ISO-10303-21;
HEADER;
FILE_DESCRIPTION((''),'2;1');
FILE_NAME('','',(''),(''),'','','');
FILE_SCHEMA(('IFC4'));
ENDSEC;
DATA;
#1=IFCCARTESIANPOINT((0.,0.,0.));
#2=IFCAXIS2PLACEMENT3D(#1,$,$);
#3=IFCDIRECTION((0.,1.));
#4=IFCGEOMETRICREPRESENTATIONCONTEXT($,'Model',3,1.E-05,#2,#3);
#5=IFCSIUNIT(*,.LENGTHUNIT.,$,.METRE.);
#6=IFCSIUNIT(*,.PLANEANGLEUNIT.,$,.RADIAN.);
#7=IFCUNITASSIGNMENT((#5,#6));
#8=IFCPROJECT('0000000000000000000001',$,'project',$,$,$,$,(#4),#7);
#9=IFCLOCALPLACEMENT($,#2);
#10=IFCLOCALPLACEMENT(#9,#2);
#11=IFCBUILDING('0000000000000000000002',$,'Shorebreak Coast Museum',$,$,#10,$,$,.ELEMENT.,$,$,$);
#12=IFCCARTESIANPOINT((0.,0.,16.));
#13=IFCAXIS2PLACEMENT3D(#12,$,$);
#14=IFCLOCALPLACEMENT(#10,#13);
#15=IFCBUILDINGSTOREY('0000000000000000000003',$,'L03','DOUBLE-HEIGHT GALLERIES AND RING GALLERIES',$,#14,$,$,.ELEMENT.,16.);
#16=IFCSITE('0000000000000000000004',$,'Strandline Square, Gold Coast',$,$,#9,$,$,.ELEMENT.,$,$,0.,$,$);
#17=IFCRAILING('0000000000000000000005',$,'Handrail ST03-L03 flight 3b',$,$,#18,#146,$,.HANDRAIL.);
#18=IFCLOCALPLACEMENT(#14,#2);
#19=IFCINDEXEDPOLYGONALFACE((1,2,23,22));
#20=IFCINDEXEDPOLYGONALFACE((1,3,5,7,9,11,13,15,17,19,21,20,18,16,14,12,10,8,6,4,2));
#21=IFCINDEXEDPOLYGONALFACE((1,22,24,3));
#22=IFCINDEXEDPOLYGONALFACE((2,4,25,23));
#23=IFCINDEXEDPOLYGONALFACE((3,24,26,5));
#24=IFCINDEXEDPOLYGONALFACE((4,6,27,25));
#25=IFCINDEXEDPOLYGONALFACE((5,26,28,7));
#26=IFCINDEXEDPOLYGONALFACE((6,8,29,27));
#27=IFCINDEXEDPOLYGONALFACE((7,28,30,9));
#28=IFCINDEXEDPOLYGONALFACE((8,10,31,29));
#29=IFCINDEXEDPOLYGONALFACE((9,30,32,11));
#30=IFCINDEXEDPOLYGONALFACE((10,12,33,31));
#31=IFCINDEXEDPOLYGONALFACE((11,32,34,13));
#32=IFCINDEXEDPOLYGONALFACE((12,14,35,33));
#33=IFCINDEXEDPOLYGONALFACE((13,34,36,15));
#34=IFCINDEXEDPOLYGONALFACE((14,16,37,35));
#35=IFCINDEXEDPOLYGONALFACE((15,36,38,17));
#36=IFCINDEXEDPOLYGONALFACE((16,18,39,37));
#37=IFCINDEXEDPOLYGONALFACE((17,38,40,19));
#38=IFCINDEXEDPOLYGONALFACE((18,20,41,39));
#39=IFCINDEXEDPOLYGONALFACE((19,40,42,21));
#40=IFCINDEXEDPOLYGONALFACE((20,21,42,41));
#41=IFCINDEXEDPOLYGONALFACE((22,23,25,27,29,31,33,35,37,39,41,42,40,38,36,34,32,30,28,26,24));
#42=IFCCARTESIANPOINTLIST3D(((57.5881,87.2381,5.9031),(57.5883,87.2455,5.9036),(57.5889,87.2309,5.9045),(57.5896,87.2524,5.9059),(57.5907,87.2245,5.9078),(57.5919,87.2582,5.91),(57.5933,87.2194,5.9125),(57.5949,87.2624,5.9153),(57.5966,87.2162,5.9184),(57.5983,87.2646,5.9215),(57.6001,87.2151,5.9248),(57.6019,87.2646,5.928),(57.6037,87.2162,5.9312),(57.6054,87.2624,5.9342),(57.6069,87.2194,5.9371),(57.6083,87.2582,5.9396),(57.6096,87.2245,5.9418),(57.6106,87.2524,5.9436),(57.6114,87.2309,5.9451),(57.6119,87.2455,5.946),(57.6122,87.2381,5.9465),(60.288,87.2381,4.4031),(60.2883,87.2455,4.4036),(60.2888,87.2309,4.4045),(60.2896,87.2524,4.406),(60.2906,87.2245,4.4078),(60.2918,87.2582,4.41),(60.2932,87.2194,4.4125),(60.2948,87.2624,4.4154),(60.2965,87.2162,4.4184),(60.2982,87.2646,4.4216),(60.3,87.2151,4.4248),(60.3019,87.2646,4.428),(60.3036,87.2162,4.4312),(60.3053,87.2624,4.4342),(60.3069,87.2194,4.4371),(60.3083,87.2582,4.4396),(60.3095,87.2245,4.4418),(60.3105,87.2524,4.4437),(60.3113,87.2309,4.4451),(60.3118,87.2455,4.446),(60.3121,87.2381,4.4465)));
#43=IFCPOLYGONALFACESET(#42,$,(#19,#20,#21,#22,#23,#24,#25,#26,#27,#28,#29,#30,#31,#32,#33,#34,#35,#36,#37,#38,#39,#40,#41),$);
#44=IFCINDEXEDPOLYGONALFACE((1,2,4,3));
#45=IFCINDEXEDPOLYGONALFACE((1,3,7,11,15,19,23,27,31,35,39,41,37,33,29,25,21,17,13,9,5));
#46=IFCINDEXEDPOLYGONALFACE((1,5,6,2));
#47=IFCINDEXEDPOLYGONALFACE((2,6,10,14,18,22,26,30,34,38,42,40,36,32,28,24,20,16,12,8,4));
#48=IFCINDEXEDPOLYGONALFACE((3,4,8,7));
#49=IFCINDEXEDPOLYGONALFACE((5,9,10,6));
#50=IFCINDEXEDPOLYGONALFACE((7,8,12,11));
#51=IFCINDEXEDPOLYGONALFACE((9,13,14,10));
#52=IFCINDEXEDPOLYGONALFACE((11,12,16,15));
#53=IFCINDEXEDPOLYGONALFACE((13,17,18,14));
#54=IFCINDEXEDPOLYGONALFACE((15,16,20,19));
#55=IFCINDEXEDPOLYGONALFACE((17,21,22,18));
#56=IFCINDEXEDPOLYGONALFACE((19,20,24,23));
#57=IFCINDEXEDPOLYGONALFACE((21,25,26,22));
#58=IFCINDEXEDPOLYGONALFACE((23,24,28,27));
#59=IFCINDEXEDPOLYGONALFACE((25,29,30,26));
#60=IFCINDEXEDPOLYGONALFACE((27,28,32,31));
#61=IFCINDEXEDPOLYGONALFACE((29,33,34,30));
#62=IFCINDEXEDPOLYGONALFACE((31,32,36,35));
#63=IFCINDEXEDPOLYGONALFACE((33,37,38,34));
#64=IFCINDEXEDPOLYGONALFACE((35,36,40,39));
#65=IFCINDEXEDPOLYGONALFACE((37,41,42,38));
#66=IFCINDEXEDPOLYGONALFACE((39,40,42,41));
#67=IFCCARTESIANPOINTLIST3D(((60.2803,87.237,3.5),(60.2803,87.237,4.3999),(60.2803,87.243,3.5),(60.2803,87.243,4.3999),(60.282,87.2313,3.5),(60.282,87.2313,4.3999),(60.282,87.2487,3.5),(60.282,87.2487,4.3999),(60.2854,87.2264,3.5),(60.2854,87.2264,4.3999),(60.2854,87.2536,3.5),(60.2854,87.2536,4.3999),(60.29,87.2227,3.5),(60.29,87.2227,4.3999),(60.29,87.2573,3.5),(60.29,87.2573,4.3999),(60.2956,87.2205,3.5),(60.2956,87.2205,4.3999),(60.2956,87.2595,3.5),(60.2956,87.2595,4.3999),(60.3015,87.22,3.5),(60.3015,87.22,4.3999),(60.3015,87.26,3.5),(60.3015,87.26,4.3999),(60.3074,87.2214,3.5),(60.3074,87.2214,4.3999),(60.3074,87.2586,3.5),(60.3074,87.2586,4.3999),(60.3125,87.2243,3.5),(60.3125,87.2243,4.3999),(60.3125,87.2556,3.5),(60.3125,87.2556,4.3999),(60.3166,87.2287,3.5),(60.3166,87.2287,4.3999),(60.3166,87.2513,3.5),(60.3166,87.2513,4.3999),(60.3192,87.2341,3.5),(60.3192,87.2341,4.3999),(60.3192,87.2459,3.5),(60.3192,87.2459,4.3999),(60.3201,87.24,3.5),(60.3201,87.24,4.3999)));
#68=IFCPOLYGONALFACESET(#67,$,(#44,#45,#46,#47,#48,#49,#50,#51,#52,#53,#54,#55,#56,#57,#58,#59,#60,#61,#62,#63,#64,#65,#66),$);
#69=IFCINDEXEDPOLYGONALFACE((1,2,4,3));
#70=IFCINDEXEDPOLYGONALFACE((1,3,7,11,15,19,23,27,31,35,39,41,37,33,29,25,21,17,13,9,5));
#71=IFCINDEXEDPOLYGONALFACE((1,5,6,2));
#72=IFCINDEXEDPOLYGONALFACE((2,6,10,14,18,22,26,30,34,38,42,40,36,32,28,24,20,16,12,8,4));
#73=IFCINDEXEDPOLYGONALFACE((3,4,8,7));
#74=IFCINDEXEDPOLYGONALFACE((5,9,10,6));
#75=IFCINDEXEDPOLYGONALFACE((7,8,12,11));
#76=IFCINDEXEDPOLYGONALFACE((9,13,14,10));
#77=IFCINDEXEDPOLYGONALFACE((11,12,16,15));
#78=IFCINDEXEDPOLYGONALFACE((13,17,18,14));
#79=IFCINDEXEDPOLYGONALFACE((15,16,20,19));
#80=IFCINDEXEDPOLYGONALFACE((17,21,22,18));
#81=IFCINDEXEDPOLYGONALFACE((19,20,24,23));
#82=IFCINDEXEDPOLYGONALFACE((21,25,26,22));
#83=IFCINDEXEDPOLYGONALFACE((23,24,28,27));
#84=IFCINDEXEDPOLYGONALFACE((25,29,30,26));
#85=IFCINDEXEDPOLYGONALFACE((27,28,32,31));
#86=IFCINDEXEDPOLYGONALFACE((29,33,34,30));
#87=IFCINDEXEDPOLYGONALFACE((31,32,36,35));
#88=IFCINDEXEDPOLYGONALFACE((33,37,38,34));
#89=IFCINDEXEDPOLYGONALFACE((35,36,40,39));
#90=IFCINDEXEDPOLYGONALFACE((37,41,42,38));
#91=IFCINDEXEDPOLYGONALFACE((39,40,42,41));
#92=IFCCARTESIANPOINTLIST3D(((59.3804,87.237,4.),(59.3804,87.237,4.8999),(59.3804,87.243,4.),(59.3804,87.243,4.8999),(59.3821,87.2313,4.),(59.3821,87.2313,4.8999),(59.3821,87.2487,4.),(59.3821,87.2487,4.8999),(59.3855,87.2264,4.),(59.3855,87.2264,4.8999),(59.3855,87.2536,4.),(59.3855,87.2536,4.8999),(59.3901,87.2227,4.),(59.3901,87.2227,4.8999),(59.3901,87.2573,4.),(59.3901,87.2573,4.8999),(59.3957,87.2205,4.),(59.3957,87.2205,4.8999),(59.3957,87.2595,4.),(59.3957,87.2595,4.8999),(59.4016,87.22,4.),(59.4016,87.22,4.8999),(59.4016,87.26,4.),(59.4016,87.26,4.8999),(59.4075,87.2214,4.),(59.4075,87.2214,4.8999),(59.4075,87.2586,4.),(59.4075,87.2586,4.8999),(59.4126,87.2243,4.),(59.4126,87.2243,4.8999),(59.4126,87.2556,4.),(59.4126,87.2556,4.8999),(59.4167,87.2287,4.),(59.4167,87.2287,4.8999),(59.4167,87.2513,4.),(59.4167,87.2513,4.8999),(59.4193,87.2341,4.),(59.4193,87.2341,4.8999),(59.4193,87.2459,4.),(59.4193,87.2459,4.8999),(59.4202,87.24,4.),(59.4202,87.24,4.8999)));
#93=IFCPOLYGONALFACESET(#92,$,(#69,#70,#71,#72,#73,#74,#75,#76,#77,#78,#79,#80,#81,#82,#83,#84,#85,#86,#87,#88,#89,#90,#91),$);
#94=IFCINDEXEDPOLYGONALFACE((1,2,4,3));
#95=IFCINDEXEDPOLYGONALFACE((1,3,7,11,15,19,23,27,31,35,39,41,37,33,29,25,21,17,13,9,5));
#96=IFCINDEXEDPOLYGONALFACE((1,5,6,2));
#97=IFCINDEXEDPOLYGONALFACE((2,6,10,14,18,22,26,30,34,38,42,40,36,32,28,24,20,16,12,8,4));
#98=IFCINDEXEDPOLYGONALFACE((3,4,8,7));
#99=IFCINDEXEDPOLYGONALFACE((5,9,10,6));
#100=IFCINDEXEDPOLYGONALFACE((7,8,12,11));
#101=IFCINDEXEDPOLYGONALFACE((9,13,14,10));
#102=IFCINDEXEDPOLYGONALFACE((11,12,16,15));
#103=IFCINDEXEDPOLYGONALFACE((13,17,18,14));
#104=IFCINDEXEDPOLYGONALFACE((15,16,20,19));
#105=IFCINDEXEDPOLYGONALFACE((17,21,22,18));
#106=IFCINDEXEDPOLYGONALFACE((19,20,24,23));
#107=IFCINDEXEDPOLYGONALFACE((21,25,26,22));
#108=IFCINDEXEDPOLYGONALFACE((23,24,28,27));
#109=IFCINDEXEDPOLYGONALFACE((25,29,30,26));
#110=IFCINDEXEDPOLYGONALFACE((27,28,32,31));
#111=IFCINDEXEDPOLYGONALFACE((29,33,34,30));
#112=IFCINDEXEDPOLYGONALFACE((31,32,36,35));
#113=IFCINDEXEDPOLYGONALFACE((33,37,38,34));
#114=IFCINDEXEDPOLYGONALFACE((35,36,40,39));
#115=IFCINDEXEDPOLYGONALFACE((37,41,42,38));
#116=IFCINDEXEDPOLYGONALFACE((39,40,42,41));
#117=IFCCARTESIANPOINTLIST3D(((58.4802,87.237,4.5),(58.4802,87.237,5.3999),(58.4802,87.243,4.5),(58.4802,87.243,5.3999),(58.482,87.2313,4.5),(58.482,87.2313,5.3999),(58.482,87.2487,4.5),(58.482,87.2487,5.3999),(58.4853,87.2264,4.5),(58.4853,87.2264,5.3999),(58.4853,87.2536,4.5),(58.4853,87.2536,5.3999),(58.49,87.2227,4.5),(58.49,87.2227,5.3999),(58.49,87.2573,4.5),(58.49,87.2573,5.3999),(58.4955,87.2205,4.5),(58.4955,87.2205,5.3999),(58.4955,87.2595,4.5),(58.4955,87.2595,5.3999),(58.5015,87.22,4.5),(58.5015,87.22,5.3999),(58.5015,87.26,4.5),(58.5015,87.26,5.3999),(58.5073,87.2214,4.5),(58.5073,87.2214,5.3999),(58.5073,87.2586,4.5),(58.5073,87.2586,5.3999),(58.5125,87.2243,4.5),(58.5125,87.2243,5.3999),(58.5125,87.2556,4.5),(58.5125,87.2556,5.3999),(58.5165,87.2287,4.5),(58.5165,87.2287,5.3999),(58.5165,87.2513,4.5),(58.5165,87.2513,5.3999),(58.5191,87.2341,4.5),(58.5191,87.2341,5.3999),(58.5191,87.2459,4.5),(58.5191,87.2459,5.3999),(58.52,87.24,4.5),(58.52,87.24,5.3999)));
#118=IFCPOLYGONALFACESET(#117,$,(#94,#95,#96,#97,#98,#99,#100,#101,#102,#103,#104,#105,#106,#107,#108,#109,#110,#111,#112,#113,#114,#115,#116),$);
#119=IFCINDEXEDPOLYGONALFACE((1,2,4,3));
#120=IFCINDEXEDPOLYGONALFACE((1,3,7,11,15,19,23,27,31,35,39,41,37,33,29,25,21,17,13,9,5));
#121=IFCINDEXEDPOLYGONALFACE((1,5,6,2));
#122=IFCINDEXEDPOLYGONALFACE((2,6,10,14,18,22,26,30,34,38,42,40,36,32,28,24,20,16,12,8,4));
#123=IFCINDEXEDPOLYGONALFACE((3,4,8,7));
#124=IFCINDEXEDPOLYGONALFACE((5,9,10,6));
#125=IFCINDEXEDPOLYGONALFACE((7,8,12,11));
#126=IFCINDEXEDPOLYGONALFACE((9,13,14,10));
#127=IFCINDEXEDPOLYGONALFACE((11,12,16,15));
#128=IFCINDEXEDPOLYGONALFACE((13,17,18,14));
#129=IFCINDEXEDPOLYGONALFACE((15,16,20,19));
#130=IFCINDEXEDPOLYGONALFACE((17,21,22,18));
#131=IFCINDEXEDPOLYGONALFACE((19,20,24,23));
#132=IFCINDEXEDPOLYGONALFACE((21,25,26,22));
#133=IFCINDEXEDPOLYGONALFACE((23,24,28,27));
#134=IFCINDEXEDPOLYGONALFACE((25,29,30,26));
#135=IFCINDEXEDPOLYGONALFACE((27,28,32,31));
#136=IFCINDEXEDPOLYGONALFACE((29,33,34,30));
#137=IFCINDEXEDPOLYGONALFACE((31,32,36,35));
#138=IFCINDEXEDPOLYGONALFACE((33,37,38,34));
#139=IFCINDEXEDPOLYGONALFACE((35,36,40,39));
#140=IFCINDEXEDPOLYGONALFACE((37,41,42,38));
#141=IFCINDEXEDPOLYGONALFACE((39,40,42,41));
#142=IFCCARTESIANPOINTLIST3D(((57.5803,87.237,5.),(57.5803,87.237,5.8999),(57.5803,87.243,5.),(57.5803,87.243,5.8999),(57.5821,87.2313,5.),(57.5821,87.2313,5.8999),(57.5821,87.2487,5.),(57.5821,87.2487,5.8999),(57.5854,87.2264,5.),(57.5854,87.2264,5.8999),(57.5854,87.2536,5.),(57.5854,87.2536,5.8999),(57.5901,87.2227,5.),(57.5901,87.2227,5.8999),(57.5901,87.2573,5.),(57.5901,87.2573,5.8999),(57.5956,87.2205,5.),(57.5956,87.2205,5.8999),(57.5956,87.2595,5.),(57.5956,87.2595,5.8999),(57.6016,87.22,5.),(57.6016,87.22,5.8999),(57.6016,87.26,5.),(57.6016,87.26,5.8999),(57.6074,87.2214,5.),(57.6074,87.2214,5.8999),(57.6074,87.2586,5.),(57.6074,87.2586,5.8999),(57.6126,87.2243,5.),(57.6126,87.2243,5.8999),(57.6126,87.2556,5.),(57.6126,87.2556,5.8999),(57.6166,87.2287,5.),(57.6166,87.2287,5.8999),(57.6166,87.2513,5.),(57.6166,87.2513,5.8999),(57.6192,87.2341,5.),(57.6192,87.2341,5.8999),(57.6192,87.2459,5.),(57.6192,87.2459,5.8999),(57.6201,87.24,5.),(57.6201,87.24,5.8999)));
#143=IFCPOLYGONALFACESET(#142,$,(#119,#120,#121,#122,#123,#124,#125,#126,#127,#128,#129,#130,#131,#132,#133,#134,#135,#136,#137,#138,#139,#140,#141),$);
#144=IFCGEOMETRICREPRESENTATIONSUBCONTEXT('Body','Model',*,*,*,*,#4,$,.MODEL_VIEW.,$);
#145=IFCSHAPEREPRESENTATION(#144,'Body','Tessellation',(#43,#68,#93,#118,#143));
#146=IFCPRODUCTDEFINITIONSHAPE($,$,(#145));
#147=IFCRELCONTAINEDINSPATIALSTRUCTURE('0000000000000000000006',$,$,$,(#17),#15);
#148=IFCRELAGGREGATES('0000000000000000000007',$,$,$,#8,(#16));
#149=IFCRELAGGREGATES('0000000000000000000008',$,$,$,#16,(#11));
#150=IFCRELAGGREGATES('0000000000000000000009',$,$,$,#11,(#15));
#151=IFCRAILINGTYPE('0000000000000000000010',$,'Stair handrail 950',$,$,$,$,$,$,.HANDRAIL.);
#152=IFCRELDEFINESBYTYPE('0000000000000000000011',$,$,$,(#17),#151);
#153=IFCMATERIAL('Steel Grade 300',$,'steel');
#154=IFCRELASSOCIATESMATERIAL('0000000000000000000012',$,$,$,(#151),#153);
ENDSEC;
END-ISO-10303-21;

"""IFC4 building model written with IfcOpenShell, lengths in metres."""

from ifc_helpers import new_model, si_unit, direction, frame, origin, origin_2d, place, context, subcontext, project, spatial, circle, extrude, material, type_object, element, save


model = new_model("IFC4")

# Units and contexts
model_context = context("Model", 3, precision=1e-05, world=origin(), true_north=direction((0.0, 1.0)))
body_context = subcontext(model_context, "Body", "Model", "MODEL_VIEW")
ifc_project = project(units=[si_unit("LENGTHUNIT", "METRE"), si_unit("PLANEANGLEUNIT", "RADIAN")], contexts=[model_context])

# Site, building, storey
site_placement = place(None, origin())
site = spatial("IfcSite", under=ifc_project, at=site_placement, Name="Strandline Square, Gold Coast", CompositionType="ELEMENT", RefElevation=0.0)
building_placement = place(site_placement, origin())
building = spatial("IfcBuilding", under=site, at=building_placement, Name="Shorebreak Coast Museum", CompositionType="ELEMENT")
storey_placement = place(building_placement, frame((0.0, 0.0, 16.0)))
storey = spatial("IfcBuildingStorey", under=building, at=storey_placement, Name="L03", Description="DOUBLE-HEIGHT GALLERIES AND RING GALLERIES", CompositionType="ELEMENT", Elevation=16.0)

# Railing
ifc_material_1 = material(Name="Steel Grade 300", Category="steel")
railing_type_1 = type_object("IfcRailingType", Name="Stair handrail 950", PredefinedType="HANDRAIL", material=ifc_material_1)
for number, where, name in (
    (1, (60.3, 87.24, 3.5), "Handrail ST03-L03 flight 3b"),
):
    element("IfcRailing", number, at=place(storey_placement, frame(where)), inside=storey, type_object=railing_type_1, Name=name, PredefinedType="HANDRAIL", context=body_context, shape_type="SweptSolid", body=[
        extrude(circle(Radius=0.0249, at=origin_2d()), frame((0.0, 0.0, 0.9248), z_axis=(-0.874154, 0.0, 0.48565), x_axis=(0.0, -1.0, 0.0)), (0.0, 0.0, 1.0), 3.0886),
        extrude(circle(Radius=0.02, at=origin_2d()), origin(), (0.0, 0.0, 1.0), 0.8999),
        extrude(circle(Radius=0.02, at=origin_2d()), frame((-0.8999, 0.0, 0.5)), (0.0, 0.0, 1.0), 0.8999),
        extrude(circle(Radius=0.02, at=origin_2d()), frame((-1.8, 0.0, 1.0)), (0.0, 0.0, 1.0), 0.8999),
        extrude(circle(Radius=0.02, at=origin_2d()), frame((-2.7, 0.0, 1.5)), (0.0, 0.0, 1.0), 0.8999),
    ])

save(model, "model.ifc")
